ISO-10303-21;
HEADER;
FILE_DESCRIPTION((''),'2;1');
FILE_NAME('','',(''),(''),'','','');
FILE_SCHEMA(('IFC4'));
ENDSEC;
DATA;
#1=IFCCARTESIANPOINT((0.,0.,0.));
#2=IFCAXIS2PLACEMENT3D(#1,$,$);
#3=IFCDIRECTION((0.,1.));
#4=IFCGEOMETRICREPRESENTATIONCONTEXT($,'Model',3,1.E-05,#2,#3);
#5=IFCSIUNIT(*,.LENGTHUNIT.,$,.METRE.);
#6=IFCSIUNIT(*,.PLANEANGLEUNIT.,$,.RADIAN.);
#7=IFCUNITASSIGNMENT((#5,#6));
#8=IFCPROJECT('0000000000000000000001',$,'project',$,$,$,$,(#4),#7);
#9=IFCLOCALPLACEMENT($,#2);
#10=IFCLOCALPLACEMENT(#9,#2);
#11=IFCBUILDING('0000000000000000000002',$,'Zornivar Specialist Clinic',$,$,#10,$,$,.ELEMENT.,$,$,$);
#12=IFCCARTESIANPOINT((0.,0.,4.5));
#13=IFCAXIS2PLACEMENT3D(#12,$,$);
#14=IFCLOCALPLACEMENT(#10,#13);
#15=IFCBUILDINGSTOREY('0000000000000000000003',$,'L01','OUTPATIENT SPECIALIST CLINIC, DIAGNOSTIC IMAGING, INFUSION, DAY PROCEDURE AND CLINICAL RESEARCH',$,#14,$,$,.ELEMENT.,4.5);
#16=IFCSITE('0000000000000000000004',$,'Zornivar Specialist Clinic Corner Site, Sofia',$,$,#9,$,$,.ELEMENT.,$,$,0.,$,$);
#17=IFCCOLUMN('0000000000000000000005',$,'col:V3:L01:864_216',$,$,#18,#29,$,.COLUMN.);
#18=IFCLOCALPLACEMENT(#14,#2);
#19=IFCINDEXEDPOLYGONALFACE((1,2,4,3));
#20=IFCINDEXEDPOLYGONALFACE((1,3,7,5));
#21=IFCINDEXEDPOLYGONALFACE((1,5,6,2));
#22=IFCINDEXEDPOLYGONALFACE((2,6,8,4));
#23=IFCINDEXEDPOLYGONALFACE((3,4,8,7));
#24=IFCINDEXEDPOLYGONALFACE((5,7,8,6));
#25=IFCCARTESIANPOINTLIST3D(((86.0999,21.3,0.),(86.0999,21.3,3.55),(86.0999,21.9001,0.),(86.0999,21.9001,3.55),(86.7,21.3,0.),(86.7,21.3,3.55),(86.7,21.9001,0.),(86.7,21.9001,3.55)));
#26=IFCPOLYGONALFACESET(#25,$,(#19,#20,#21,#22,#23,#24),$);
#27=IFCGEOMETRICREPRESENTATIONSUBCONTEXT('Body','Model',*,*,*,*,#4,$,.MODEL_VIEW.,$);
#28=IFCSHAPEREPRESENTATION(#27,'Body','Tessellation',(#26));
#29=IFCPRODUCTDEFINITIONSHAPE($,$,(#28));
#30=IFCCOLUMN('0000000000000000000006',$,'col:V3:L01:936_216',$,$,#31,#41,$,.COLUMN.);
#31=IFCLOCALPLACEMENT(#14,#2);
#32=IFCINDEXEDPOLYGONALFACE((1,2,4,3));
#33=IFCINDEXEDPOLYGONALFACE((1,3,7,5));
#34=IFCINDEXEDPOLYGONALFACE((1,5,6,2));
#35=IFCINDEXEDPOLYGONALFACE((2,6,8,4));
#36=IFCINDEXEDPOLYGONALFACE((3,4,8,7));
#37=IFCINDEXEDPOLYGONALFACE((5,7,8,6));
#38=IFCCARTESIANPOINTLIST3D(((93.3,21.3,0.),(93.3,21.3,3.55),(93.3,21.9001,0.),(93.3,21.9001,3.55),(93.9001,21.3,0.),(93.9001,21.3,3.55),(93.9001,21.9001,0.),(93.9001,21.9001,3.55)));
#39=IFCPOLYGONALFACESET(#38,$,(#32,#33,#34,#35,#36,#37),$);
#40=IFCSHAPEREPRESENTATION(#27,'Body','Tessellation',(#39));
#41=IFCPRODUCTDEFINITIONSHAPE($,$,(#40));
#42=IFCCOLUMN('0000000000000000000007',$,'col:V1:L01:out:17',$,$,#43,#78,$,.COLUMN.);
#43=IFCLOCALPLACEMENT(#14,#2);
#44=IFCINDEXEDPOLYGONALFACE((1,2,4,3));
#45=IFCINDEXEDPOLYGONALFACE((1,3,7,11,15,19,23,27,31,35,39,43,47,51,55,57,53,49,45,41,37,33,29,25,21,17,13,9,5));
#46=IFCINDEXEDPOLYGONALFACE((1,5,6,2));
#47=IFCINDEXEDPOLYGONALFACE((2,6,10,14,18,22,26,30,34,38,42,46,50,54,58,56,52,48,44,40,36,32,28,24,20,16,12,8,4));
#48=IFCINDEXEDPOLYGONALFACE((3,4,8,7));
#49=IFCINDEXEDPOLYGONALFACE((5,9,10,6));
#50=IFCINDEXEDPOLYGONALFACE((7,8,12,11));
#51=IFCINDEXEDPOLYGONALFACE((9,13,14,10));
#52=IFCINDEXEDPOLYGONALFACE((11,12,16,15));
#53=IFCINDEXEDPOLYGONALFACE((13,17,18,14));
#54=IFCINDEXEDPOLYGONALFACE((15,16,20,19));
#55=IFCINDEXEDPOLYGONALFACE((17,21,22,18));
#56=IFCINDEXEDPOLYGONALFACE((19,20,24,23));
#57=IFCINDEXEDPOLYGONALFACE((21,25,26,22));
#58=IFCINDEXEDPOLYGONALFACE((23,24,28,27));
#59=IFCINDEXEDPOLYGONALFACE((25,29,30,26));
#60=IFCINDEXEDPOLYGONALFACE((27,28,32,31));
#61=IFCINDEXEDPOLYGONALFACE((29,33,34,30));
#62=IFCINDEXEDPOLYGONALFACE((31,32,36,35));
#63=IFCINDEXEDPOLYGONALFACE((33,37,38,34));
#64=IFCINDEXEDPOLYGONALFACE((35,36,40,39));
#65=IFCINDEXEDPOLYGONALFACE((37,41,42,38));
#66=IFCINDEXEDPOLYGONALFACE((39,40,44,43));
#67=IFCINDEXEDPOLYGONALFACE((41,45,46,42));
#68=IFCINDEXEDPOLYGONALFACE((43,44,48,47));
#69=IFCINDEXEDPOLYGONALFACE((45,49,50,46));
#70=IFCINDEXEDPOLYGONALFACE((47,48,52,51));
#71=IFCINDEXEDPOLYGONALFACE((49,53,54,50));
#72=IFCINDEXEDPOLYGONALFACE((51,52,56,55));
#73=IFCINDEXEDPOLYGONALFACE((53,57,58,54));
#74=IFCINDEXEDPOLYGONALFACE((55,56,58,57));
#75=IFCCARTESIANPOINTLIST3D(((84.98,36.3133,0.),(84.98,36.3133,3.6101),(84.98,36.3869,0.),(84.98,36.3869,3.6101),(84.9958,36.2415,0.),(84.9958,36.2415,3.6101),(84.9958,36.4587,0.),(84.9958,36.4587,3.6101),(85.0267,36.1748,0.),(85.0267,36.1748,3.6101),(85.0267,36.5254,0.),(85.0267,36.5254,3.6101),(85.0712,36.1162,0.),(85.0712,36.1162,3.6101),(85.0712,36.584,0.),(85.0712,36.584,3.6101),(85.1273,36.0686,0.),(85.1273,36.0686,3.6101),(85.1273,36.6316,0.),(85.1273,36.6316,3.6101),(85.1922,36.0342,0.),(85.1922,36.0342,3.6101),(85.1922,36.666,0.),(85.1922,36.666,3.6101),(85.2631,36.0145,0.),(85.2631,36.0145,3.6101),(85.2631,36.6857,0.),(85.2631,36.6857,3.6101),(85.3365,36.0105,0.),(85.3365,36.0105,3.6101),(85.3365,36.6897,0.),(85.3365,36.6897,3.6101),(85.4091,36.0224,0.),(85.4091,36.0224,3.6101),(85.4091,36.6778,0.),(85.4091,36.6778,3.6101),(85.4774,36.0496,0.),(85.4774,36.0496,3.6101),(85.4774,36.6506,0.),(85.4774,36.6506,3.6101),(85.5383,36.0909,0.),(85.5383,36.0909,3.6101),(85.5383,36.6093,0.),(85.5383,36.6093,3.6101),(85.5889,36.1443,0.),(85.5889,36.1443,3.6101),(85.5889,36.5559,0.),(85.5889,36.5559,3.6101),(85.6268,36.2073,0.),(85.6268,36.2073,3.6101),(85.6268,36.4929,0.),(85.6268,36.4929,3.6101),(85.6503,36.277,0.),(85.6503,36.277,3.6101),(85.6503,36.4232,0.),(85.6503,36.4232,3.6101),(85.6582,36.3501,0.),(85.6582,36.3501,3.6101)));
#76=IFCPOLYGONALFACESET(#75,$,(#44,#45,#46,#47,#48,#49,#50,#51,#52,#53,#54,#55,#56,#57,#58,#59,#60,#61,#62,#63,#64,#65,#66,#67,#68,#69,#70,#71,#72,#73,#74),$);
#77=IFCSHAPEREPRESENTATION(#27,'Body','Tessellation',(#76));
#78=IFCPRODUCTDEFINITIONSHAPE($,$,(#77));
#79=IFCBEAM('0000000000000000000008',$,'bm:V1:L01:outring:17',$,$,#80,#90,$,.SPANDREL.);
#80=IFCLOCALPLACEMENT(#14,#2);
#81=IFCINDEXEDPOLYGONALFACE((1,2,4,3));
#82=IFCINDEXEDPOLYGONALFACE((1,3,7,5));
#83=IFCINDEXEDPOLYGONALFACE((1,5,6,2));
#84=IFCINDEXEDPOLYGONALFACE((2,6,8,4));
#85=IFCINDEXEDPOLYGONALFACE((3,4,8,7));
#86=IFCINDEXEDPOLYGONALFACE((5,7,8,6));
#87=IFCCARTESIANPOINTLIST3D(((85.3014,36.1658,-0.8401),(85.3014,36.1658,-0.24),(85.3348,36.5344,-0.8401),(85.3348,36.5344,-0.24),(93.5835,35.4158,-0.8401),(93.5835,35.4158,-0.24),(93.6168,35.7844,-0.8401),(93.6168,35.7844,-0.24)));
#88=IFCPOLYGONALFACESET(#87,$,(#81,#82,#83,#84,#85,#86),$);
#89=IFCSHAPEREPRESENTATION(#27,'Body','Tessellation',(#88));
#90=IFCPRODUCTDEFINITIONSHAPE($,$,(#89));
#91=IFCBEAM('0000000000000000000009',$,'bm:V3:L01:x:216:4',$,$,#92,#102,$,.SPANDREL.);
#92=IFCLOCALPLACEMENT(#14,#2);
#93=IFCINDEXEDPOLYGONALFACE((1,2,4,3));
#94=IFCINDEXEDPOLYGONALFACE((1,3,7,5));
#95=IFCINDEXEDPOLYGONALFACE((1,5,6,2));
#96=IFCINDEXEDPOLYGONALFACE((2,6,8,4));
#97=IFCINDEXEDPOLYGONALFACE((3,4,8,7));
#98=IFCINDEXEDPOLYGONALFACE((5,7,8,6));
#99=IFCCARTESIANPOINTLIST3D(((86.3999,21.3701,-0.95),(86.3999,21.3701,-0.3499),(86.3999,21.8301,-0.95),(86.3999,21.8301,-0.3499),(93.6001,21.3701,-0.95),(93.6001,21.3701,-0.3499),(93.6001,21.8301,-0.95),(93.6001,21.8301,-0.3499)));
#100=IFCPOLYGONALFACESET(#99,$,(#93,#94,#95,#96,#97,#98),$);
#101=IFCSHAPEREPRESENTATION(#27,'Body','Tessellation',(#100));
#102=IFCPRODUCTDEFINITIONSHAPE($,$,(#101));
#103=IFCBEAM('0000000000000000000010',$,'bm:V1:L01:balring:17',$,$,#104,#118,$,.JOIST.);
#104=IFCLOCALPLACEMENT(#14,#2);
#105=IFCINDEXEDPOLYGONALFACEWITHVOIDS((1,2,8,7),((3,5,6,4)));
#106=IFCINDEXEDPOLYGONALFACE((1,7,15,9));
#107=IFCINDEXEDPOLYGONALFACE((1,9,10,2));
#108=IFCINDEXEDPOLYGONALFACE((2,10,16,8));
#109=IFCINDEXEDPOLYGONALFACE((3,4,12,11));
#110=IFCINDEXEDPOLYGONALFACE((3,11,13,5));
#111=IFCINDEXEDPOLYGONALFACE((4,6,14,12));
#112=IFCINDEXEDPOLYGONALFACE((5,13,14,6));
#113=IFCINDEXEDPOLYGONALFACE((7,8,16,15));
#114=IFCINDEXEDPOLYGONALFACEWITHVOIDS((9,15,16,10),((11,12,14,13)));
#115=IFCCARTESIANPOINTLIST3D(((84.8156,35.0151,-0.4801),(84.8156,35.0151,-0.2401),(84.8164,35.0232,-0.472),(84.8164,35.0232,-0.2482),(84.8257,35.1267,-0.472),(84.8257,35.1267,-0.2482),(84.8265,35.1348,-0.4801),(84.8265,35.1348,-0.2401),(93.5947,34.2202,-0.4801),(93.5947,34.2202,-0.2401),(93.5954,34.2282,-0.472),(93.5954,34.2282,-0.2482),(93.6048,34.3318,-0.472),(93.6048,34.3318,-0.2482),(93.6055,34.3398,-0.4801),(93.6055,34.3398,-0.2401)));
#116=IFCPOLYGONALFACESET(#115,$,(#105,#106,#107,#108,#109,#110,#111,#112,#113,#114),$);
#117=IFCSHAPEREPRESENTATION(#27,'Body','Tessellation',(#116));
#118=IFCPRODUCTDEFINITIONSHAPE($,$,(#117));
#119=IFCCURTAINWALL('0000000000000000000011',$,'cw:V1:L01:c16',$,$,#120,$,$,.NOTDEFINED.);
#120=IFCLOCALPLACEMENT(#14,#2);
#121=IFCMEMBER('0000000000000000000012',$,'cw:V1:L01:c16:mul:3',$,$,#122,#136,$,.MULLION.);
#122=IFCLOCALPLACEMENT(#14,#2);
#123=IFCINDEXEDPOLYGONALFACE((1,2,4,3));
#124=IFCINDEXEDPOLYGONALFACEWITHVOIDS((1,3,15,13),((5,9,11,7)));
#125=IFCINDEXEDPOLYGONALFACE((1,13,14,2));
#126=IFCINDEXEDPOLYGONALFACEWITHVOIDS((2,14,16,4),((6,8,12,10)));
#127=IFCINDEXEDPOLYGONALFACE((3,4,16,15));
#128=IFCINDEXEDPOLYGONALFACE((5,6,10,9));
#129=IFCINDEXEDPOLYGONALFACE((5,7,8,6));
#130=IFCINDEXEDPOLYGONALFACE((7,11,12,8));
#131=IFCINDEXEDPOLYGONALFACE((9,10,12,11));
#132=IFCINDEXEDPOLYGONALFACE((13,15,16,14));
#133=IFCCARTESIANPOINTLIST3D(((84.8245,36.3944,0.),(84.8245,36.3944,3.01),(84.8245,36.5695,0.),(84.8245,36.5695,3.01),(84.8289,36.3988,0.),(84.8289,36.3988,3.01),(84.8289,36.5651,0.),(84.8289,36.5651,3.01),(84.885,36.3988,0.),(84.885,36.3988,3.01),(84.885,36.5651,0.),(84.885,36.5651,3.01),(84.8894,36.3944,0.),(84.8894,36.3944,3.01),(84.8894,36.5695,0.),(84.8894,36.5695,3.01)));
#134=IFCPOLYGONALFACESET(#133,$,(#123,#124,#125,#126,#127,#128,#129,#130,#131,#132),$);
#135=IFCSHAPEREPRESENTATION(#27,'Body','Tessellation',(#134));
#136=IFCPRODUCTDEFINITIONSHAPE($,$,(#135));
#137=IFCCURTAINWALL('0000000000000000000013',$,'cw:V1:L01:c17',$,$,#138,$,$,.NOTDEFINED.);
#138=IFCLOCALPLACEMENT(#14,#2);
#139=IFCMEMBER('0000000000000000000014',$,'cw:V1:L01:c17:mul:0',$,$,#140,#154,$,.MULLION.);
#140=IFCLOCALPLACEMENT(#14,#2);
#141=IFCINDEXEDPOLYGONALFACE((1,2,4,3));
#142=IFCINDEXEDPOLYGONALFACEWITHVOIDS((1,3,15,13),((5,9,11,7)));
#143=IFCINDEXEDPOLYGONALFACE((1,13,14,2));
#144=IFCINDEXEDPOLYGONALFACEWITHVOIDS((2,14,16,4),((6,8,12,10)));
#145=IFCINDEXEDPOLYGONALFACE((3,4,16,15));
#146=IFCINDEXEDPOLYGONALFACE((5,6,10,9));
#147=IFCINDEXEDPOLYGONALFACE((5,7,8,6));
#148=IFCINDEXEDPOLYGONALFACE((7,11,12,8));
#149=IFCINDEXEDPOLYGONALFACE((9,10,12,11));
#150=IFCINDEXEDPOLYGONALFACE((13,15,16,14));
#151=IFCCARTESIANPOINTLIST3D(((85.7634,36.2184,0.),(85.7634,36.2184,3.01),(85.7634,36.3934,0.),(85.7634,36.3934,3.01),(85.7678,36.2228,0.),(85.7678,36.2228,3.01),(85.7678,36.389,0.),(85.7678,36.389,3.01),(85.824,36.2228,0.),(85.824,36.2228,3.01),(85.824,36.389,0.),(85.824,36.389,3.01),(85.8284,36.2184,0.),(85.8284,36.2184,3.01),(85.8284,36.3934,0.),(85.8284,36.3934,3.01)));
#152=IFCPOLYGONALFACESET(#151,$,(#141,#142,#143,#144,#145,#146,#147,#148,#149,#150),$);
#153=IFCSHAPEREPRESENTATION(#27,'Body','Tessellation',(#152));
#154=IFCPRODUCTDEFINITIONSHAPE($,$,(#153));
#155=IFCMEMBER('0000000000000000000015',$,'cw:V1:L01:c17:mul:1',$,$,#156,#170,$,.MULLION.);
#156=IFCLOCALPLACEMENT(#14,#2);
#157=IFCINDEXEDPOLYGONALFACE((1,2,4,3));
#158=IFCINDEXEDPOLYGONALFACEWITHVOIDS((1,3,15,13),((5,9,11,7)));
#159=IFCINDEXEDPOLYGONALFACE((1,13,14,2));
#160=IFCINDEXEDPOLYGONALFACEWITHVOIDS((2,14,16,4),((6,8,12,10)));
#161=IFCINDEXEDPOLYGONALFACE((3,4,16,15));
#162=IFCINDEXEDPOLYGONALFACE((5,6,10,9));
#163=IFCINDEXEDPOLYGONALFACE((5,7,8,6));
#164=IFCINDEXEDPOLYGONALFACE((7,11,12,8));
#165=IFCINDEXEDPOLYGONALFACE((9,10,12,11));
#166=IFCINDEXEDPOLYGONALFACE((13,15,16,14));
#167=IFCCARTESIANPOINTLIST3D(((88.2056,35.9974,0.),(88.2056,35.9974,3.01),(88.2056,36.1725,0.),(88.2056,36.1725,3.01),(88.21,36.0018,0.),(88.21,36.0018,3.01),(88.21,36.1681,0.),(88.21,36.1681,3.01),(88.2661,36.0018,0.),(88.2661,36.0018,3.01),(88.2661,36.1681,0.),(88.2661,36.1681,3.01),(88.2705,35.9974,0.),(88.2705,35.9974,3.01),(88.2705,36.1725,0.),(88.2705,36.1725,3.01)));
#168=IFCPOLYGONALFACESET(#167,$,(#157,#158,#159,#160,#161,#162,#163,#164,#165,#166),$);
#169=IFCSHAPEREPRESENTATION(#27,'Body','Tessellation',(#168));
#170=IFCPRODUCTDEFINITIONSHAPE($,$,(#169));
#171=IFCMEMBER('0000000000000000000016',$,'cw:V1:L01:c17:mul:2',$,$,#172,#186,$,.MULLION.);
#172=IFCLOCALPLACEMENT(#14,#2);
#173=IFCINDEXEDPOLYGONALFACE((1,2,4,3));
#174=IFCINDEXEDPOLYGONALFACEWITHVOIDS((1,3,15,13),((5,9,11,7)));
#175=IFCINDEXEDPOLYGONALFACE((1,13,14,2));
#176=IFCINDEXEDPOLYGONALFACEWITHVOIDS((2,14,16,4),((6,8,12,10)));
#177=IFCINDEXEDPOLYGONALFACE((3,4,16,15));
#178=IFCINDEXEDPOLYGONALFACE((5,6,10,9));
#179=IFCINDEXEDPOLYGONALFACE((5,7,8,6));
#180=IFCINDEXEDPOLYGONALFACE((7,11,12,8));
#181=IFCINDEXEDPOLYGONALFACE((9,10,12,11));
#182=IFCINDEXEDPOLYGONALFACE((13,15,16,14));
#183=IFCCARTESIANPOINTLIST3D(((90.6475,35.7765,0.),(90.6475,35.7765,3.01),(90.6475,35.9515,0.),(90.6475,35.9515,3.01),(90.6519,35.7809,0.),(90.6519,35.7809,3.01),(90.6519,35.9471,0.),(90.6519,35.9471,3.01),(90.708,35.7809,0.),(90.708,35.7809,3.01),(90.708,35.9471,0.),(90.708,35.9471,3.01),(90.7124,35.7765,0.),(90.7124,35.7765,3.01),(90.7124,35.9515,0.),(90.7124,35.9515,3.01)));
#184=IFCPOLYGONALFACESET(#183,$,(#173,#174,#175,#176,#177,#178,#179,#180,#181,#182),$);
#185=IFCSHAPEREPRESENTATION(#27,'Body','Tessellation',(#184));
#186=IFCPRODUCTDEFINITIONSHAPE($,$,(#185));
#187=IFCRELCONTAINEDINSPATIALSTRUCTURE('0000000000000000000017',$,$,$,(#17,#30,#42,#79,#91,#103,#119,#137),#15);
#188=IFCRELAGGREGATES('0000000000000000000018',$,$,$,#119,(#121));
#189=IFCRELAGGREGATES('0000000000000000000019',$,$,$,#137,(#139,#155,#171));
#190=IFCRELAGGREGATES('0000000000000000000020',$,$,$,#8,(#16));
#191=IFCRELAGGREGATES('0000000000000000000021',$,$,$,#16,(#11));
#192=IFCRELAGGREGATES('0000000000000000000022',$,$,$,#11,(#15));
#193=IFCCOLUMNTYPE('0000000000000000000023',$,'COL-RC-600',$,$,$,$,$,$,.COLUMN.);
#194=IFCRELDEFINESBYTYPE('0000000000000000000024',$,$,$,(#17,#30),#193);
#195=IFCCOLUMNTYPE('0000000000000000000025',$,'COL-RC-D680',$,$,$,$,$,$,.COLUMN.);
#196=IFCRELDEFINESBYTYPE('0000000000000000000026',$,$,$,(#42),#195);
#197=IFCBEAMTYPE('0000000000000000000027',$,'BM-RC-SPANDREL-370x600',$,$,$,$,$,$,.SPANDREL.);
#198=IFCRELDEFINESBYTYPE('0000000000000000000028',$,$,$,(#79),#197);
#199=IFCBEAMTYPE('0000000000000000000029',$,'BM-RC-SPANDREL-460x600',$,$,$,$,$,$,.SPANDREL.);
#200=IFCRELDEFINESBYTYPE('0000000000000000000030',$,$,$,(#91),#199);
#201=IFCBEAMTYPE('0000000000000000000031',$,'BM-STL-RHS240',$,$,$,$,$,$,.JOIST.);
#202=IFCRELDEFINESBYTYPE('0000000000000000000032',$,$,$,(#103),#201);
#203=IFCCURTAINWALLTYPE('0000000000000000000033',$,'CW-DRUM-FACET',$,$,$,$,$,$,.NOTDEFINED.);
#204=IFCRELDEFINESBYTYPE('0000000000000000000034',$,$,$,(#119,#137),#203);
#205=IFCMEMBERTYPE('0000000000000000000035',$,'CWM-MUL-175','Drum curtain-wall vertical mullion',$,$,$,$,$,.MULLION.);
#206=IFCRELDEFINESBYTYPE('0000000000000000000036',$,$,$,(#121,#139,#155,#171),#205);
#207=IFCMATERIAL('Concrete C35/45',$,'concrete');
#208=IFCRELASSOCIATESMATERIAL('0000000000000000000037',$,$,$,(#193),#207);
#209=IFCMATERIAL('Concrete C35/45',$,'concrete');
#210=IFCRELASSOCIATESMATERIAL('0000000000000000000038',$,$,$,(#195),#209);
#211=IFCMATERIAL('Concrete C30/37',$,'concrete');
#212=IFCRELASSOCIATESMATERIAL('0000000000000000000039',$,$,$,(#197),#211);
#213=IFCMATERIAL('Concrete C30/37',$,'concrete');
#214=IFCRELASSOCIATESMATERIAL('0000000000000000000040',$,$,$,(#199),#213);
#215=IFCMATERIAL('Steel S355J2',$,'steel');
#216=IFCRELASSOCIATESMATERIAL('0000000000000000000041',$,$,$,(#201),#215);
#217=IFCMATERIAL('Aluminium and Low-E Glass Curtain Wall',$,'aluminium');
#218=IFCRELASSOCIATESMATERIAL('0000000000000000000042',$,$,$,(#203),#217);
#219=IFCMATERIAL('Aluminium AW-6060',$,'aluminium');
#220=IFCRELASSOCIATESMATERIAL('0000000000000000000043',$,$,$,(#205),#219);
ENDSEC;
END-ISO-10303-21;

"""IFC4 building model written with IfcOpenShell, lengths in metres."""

from ifc_helpers import new_model, si_unit, direction, frame, origin, origin_2d, place, context, subcontext, project, spatial, rectangle, hollow_rectangle, circle, extrude, material, material_profile, profile_set, type_object, element, aggregate, save


model = new_model("IFC4")

# Units and contexts
model_context = context("Model", 3, precision=1e-05, world=origin(), true_north=direction((0.0, 1.0)))
body_context = subcontext(model_context, "Body", "Model", "MODEL_VIEW")
ifc_project = project(units=[si_unit("LENGTHUNIT", "METRE"), si_unit("PLANEANGLEUNIT", "RADIAN")], contexts=[model_context])

# Site, building, storey
site_placement = place(None, origin())
site = spatial("IfcSite", under=ifc_project, at=site_placement, Name="Zornivar Specialist Clinic Corner Site, Sofia", CompositionType="ELEMENT", RefElevation=0.0)
building_placement = place(site_placement, origin())
building = spatial("IfcBuilding", under=site, at=building_placement, Name="Zornivar Specialist Clinic", CompositionType="ELEMENT")
storey_placement = place(building_placement, frame((0.0, 0.0, 4.5)))
storey = spatial("IfcBuildingStorey", under=building, at=storey_placement, Name="L01", Description="OUTPATIENT SPECIALIST CLINIC, DIAGNOSTIC IMAGING, INFUSION, DAY PROCEDURE AND CLINICAL RESEARCH", CompositionType="ELEMENT", Elevation=4.5)

# Columns
ifc_material_1 = material(Name="Concrete C35/45", Category="concrete")
ifc_material_profile_1 = material_profile(ifc_material_1, rectangle(XDim=0.6001, YDim=0.6001, at=origin_2d()), Name="RC 600x600")
ifc_profile_set_1 = profile_set([ifc_material_profile_1], Name="Concrete C35/45")
column_type_1 = type_object("IfcColumnType", Name="COL-RC-600", PredefinedType="COLUMN", material=ifc_profile_set_1)
for number, where, z_axis, x_axis, name in (
    (1, (86.3999, 21.6001, 0.0), (0.0, 0.0, 1.0), (1.0, 0.0, 0.0), "col:V3:L01:864_216"),
    (2, (93.6001, 21.6001, 0.0), (0.0, 0.0, 1.0), (1.0, 0.0, 0.0), "col:V3:L01:936_216"),
):
    element("IfcColumn", number, at=place(storey_placement, frame(where, z_axis=z_axis, x_axis=x_axis)), inside=storey, type_object=column_type_1, Name=name, PredefinedType="COLUMN", context=body_context, shape_type="SweptSolid", body=[
        extrude(rectangle(XDim=0.6001, YDim=0.6001, at=origin_2d()), origin(), (0.0, 0.0, 1.0), 3.55),
    ])
ifc_material_2 = material(Name="Concrete C35/45", Category="concrete")
ifc_material_profile_2 = material_profile(ifc_material_2, circle(Radius=0.3401, at=origin_2d()), Name="RC D680")
ifc_profile_set_2 = profile_set([ifc_material_profile_2], Name="Concrete C35/45")
column_type_2 = type_object("IfcColumnType", Name="COL-RC-D680", PredefinedType="COLUMN", material=ifc_profile_set_2)
column_placement = place(storey_placement, frame((85.3181, 36.3501, 0.0), z_axis=(0.0, 0.0, 1.0), x_axis=(1.0, 0.0, 0.0)))
element("IfcColumn", 3, at=column_placement, inside=storey, type_object=column_type_2, Name="col:V1:L01:out:17", PredefinedType="COLUMN", context=body_context, shape_type="SweptSolid", body=[
    extrude(circle(Radius=0.3401, at=origin_2d()), origin(), (0.0, 0.0, 1.0), 3.6101),
])

# Beams
ifc_material_3 = material(Name="Concrete C30/37", Category="concrete")
ifc_material_profile_3 = material_profile(ifc_material_3, rectangle(XDim=0.3701, YDim=0.6001, at=origin_2d()), Name="RC 370x600")
ifc_profile_set_3 = profile_set([ifc_material_profile_3], Name="Concrete C30/37")
beam_type_1 = type_object("IfcBeamType", Name="BM-RC-SPANDREL-370x600", PredefinedType="SPANDREL", material=ifc_profile_set_3)
beam_1_placement = place(storey_placement, frame((85.3181, 36.3501, -0.54), z_axis=(0.995925, -0.090189, 0.0), x_axis=(0.090189, 0.995925, 0.0)))
element("IfcBeam", 4, at=beam_1_placement, inside=storey, type_object=beam_type_1, Name="bm:V1:L01:outring:17", PredefinedType="SPANDREL", context=body_context, shape_type="SweptSolid", body=[
    extrude(rectangle(XDim=0.3701, YDim=0.6001, at=origin_2d()), origin(), (0.0, 0.0, 1.0), 8.3159),
])
ifc_material_4 = material(Name="Concrete C30/37", Category="concrete")
ifc_material_profile_4 = material_profile(ifc_material_4, rectangle(XDim=0.46, YDim=0.6001, at=origin_2d()), Name="RC 460x600")
ifc_profile_set_4 = profile_set([ifc_material_profile_4], Name="Concrete C30/37")
beam_type_2 = type_object("IfcBeamType", Name="BM-RC-SPANDREL-460x600", PredefinedType="SPANDREL", material=ifc_profile_set_4)
beam_2_placement = place(storey_placement, frame((86.3999, 21.6001, -0.6499), z_axis=(1.0, 0.0, 0.0), x_axis=(0.0, 1.0, 0.0)))
element("IfcBeam", 5, at=beam_2_placement, inside=storey, type_object=beam_type_2, Name="bm:V3:L01:x:216:4", PredefinedType="SPANDREL", context=body_context, shape_type="SweptSolid", body=[
    extrude(rectangle(XDim=0.46, YDim=0.6001, at=origin_2d()), origin(), (0.0, 0.0, 1.0), 7.2002),
])
ifc_material_5 = material(Name="Steel S355J2", Category="steel")
ifc_material_profile_5 = material_profile(ifc_material_5, hollow_rectangle(XDim=0.1201, YDim=0.24, WallThickness=0.0081, at=origin_2d()), Name="RHS 240x120x8")
ifc_profile_set_5 = profile_set([ifc_material_profile_5], Name="Steel S355J2")
beam_type_3 = type_object("IfcBeamType", Name="BM-STL-RHS240", PredefinedType="JOIST", material=ifc_profile_set_5)
beam_3_placement = place(storey_placement, frame((84.821, 35.075, -0.3601), z_axis=(0.995926, -0.090179, 0.0), x_axis=(0.090179, 0.995926, 0.0)))
element("IfcBeam", 6, at=beam_3_placement, inside=storey, type_object=beam_type_3, Name="bm:V1:L01:balring:17", PredefinedType="JOIST", context=body_context, shape_type="SweptSolid", body=[
    extrude(hollow_rectangle(XDim=0.1201, YDim=0.24, WallThickness=0.0081, at=origin_2d()), origin(), (0.0, 0.0, 1.0), 8.8149),
])

# Curtain wall, member
ifc_material_6 = material(Name="Aluminium and Low-E Glass Curtain Wall", Category="aluminium")
curtain_wall_type = type_object("IfcCurtainWallType", Name="CW-DRUM-FACET", PredefinedType="NOTDEFINED", material=ifc_material_6)
curtain_wall_1_placement = place(storey_placement, origin())
curtain_wall_1 = element("IfcCurtainWall", 7, at=curtain_wall_1_placement, inside=storey, type_object=curtain_wall_type, Name="cw:V1:L01:c16", PredefinedType="NOTDEFINED")
ifc_material_7 = material(Name="Aluminium AW-6060", Category="aluminium")
ifc_material_profile_6 = material_profile(ifc_material_7, hollow_rectangle(XDim=0.0649, YDim=0.175, WallThickness=0.0044, at=origin_2d()), Name="ALU 65x175x4.5")
ifc_profile_set_6 = profile_set([ifc_material_profile_6], Name="Aluminium AW-6060")
member_type_1 = type_object("IfcMemberType", Name="CWM-MUL-175", Description="Drum curtain-wall vertical mullion", PredefinedType="MULLION", material=ifc_profile_set_6)
member_1_placement = place(storey_placement, frame((84.8569, 36.4819, 0.0), z_axis=(0.0, 0.0, 1.0), x_axis=(1.0, 0.0, 0.0)))
member_1 = element("IfcMember", 8, at=member_1_placement, type_object=member_type_1, Name="cw:V1:L01:c16:mul:3", PredefinedType="MULLION", context=body_context, shape_type="SweptSolid", body=[
    extrude(hollow_rectangle(XDim=0.0649, YDim=0.175, WallThickness=0.0044, at=origin_2d()), origin(), (0.0, 0.0, 1.0), 3.01),
])

# Curtain wall, members
curtain_wall_2_placement = place(storey_placement, origin())
curtain_wall_2 = element("IfcCurtainWall", 9, at=curtain_wall_2_placement, inside=storey, type_object=curtain_wall_type, Name="cw:V1:L01:c17", PredefinedType="NOTDEFINED")
member_2_placement = place(storey_placement, frame((85.7959, 36.3059, 0.0), z_axis=(0.0, 0.0, 1.0), x_axis=(1.0, 0.0, 0.0)))
member_2 = element("IfcMember", 10, at=member_2_placement, type_object=member_type_1, Name="cw:V1:L01:c17:mul:0", PredefinedType="MULLION", context=body_context, shape_type="SweptSolid", body=[
    extrude(hollow_rectangle(XDim=0.0649, YDim=0.175, WallThickness=0.0044, at=origin_2d()), origin(), (0.0, 0.0, 1.0), 3.01),
])
member_3_placement = place(storey_placement, frame((88.238, 36.085, 0.0), z_axis=(0.0, 0.0, 1.0), x_axis=(1.0, 0.0, 0.0)))
member_3 = element("IfcMember", 11, at=member_3_placement, type_object=member_type_1, Name="cw:V1:L01:c17:mul:1", PredefinedType="MULLION", context=body_context, shape_type="SweptSolid", body=[
    extrude(hollow_rectangle(XDim=0.0649, YDim=0.175, WallThickness=0.0044, at=origin_2d()), origin(), (0.0, 0.0, 1.0), 3.01),
])
member_4_placement = place(storey_placement, frame((90.6799, 35.864, 0.0), z_axis=(0.0, 0.0, 1.0), x_axis=(1.0, 0.0, 0.0)))
member_4 = element("IfcMember", 12, at=member_4_placement, type_object=member_type_1, Name="cw:V1:L01:c17:mul:2", PredefinedType="MULLION", context=body_context, shape_type="SweptSolid", body=[
    extrude(hollow_rectangle(XDim=0.0649, YDim=0.175, WallThickness=0.0044, at=origin_2d()), origin(), (0.0, 0.0, 1.0), 3.01),
])

aggregate(curtain_wall_1, [member_1])
aggregate(curtain_wall_2, [member_2, member_3, member_4])

save(model, "model.ifc")
